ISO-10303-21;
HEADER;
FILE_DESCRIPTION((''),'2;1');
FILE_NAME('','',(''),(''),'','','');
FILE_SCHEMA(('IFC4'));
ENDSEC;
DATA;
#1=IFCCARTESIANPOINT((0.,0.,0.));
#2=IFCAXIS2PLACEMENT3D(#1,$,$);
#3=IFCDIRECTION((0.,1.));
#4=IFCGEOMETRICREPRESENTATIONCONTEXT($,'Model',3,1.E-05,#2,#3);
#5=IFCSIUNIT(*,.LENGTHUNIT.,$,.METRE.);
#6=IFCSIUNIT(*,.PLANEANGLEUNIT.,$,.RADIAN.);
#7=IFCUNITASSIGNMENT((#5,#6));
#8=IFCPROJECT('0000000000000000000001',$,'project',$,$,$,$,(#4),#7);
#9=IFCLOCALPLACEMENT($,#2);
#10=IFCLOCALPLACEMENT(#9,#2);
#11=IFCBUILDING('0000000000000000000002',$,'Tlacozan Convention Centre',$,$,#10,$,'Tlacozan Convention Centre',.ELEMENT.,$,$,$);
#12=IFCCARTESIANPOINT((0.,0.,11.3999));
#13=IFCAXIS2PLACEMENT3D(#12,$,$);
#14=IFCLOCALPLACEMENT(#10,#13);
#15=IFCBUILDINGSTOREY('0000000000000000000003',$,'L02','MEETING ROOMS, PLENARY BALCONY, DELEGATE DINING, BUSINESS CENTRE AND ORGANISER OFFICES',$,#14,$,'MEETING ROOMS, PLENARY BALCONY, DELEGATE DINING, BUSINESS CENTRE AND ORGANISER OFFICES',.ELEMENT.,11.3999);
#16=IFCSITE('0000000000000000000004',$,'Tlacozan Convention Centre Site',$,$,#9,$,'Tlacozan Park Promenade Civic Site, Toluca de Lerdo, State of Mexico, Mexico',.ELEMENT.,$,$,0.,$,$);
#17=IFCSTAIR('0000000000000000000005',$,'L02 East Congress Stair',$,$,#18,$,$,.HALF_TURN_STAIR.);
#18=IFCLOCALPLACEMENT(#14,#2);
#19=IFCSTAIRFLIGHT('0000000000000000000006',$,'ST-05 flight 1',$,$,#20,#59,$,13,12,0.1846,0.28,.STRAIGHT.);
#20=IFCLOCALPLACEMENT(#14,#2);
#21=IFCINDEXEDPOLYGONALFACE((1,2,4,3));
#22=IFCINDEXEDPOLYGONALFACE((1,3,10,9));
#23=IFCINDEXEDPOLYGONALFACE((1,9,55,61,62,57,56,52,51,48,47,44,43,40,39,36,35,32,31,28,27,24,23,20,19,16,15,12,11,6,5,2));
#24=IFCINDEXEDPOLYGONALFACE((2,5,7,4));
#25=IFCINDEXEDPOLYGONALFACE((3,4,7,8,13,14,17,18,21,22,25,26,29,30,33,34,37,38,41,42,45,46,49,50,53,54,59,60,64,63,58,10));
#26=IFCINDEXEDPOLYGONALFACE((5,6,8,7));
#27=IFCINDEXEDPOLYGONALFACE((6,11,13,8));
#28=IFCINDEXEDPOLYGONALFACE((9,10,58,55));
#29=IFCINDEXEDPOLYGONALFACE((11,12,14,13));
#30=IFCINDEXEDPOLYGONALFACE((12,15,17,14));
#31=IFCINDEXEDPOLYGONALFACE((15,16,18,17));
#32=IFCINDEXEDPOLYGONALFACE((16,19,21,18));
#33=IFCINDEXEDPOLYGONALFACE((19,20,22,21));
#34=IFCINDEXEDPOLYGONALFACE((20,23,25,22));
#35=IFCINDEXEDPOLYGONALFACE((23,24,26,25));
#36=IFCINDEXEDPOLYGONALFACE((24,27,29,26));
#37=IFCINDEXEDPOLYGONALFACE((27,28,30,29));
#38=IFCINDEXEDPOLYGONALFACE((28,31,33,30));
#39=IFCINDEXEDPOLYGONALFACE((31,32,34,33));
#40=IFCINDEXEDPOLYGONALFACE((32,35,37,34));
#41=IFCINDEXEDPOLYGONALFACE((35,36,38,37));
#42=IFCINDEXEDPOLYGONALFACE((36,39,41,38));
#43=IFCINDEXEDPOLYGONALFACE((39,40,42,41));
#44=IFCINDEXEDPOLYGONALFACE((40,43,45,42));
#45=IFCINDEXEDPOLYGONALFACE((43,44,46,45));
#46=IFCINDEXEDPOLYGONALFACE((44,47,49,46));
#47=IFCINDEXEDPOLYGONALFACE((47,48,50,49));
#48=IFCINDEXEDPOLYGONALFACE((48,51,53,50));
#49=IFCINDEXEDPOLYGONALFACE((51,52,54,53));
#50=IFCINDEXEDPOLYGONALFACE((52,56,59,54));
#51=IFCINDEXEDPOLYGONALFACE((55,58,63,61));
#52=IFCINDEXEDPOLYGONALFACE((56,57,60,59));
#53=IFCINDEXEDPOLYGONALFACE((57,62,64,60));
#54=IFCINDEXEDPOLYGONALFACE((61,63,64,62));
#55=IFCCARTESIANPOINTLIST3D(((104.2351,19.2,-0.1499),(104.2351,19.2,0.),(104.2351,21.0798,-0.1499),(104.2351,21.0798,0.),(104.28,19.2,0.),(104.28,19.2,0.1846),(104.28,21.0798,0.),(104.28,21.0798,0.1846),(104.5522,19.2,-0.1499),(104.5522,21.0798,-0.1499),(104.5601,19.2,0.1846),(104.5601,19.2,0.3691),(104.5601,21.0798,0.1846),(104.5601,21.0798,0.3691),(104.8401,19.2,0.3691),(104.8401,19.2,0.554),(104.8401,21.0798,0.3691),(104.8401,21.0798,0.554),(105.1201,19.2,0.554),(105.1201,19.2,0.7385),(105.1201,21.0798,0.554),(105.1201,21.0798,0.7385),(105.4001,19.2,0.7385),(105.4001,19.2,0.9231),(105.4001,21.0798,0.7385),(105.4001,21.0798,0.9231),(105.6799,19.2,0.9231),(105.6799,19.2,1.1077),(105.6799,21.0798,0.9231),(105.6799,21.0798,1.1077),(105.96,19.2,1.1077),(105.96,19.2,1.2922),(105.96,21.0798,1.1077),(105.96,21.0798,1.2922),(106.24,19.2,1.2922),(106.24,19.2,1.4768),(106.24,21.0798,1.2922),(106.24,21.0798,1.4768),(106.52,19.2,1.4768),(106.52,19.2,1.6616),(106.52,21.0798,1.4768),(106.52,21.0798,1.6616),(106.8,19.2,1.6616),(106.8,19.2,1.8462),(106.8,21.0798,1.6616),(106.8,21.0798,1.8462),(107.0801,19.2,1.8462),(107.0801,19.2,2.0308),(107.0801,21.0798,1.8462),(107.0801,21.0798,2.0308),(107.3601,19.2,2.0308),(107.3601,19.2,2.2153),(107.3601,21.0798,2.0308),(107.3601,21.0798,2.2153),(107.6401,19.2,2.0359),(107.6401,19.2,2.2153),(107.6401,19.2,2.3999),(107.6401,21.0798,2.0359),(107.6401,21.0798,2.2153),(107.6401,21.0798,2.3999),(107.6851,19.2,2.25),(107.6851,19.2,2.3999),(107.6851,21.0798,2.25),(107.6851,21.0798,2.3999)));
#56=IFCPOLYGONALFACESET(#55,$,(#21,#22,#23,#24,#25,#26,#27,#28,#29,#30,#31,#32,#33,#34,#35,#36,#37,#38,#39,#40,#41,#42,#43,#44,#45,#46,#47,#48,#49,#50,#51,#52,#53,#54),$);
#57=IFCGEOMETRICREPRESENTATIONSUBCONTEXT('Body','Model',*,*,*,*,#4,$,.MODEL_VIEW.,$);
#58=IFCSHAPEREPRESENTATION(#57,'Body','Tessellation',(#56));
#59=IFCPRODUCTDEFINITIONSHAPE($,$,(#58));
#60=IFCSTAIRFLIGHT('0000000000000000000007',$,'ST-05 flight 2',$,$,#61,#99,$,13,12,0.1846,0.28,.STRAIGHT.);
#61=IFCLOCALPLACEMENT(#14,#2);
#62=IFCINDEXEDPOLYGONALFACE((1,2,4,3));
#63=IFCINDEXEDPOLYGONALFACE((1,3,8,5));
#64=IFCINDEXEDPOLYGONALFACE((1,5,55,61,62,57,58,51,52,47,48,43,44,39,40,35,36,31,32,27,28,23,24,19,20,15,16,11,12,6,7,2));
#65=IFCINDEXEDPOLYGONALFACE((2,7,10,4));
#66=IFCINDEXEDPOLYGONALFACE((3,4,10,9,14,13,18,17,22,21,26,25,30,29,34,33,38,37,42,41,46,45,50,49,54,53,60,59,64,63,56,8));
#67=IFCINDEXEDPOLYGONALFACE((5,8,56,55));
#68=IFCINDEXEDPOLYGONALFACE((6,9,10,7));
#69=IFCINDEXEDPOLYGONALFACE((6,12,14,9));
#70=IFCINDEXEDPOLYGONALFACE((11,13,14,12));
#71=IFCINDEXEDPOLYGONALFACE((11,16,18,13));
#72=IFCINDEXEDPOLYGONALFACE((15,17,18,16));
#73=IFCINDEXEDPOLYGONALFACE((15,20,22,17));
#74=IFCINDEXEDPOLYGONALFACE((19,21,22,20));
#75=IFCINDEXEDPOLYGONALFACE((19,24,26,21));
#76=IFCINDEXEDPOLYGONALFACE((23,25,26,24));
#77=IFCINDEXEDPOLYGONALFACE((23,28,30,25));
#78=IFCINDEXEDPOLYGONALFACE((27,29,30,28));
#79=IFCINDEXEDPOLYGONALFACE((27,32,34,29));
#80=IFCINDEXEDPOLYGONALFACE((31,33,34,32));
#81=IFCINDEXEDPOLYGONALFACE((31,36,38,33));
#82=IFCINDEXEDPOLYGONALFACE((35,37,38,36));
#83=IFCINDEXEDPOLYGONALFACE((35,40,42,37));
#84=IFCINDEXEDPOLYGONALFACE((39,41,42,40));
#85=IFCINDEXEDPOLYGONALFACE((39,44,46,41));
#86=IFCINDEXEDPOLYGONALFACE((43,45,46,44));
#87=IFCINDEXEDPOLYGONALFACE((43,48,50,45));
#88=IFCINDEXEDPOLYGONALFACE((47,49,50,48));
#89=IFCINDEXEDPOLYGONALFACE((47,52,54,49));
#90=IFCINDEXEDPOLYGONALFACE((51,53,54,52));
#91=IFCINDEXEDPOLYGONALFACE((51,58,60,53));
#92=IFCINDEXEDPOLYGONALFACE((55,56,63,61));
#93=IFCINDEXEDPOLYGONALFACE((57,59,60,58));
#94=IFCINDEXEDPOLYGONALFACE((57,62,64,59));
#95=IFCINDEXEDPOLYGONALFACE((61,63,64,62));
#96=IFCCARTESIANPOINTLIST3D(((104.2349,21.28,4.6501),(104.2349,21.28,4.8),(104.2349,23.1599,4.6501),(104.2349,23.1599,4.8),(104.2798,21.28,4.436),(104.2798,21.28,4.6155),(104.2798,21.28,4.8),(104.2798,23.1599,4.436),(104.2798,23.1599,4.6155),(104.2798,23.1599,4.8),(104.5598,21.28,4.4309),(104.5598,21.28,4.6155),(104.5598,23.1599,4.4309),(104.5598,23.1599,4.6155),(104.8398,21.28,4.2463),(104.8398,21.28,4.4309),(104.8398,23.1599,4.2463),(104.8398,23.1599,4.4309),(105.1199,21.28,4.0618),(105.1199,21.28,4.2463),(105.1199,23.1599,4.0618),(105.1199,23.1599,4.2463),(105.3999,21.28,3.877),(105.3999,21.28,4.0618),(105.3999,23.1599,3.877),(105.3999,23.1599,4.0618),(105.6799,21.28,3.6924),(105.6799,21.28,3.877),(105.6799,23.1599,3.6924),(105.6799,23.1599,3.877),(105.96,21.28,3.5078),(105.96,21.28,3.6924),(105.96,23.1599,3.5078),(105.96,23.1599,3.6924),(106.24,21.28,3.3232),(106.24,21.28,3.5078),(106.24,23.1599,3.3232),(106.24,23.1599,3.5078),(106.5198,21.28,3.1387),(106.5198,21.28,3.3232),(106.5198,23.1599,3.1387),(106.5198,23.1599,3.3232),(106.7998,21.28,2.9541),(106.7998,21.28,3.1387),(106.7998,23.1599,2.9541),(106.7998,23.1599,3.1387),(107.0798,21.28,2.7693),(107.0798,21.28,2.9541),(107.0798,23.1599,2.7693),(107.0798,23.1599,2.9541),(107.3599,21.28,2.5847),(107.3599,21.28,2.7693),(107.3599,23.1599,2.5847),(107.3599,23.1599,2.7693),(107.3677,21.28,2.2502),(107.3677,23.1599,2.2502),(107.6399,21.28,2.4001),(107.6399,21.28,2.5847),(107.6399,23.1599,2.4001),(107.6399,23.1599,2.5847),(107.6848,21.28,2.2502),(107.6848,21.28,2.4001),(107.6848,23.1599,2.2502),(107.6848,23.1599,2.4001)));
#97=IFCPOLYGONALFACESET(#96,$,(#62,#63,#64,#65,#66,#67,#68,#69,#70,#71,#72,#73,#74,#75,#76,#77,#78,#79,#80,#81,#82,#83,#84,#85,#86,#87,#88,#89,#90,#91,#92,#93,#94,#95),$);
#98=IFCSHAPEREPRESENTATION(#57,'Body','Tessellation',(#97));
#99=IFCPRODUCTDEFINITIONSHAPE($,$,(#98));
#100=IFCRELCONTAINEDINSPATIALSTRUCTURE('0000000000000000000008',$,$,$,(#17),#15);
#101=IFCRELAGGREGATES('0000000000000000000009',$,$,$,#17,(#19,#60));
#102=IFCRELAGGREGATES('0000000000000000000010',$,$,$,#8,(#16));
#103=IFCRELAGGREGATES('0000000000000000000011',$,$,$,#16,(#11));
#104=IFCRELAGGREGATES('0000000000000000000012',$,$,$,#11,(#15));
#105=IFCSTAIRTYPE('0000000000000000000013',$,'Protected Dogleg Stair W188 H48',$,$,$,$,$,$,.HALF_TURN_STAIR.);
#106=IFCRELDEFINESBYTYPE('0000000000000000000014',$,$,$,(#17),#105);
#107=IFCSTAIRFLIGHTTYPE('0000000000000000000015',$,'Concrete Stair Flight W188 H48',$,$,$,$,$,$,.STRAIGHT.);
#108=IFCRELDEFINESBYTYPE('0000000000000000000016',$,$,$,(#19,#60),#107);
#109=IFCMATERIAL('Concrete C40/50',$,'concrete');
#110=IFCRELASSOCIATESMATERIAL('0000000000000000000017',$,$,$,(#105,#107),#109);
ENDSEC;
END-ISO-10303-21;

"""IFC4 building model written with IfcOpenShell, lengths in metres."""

from ifc_helpers import new_model, si_unit, direction, frame, origin, place, context, subcontext, project, spatial, polyline, outline, extrude, material, type_object, element, aggregate, save


model = new_model("IFC4")

# Units and contexts
model_context = context("Model", 3, precision=1e-05, world=origin(), true_north=direction((0.0, 1.0)))
body_context = subcontext(model_context, "Body", "Model", "MODEL_VIEW")
ifc_project = project(units=[si_unit("LENGTHUNIT", "METRE"), si_unit("PLANEANGLEUNIT", "RADIAN")], contexts=[model_context])

# Site, building, storey
site_placement = place(None, origin())
site = spatial("IfcSite", under=ifc_project, at=site_placement, Name="Tlacozan Convention Centre Site", LongName="Tlacozan Park Promenade Civic Site, Toluca de Lerdo, State of Mexico, Mexico", CompositionType="ELEMENT", RefElevation=0.0)
building_placement = place(site_placement, origin())
building = spatial("IfcBuilding", under=site, at=building_placement, Name="Tlacozan Convention Centre", LongName="Tlacozan Convention Centre", CompositionType="ELEMENT")
storey_placement = place(building_placement, frame((0.0, 0.0, 11.3999)))
storey = spatial("IfcBuildingStorey", under=building, at=storey_placement, Name="L02", Description="MEETING ROOMS, PLENARY BALCONY, DELEGATE DINING, BUSINESS CENTRE AND ORGANISER OFFICES", LongName="MEETING ROOMS, PLENARY BALCONY, DELEGATE DINING, BUSINESS CENTRE AND ORGANISER OFFICES", CompositionType="ELEMENT", Elevation=11.3999)

# Shared definitions
ifc_material_1 = material(Name="Concrete C40/50", Category="concrete")

# Stair, stair flights
stair_type = type_object("IfcStairType", Name="Protected Dogleg Stair W188 H48", PredefinedType="HALF_TURN_STAIR", material=ifc_material_1)
stair_placement = place(storey_placement, origin())
stair = element("IfcStair", 1, at=stair_placement, inside=storey, type_object=stair_type, Name="L02 East Congress Stair", PredefinedType="HALF_TURN_STAIR")
stair_flight_type = type_object("IfcStairFlightType", Name="Concrete Stair Flight W188 H48", PredefinedType="STRAIGHT", material=ifc_material_1)
stair_flight_1_placement = place(storey_placement, frame((104.28, 20.1399, 0.0), z_axis=(0.0, 0.0, 1.0), x_axis=(1.0, 0.0, 0.0)))
stair_flight_1 = element("IfcStairFlight", 2, at=stair_flight_1_placement, type_object=stair_flight_type, Name="ST-05 flight 1", NumberOfRisers=13, NumberOfTreads=12, PredefinedType="STRAIGHT", RiserHeight=0.1846, TreadLength=0.28, context=body_context, shape_type="SweptSolid", body=[
    extrude(outline(polyline([(-0.0449, -0.1499), (-0.0449, 0.0), (0.0, 0.0), (0.0, 0.1846), (0.28, 0.1846), (0.28, 0.3691), (0.5601, 0.3691), (0.5601, 0.554), (0.8401, 0.554), (0.8401, 0.7385), (1.1201, 0.7385), (1.1201, 0.9231), (1.3999, 0.9231), (1.3999, 1.1077), (1.6799, 1.1077), (1.6799, 1.2922), (1.96, 1.2922), (1.96, 1.4768), (2.24, 1.4768), (2.24, 1.6616), (2.52, 1.6616), (2.52, 1.8462), (2.8, 1.8462), (2.8, 2.0308), (3.0801, 2.0308), (3.0801, 2.2153), (3.3601, 2.2153), (3.3601, 2.3999), (3.405, 2.3999), (3.405, 2.25), (3.3601, 2.0359), (0.2722, -0.1499), (-0.0449, -0.1499)])), frame((0.0, 0.9399, 0.0), z_axis=(0.0, -1.0, 0.0), x_axis=(1.0, 0.0, 0.0)), (0.0, 0.0, 1.0), 1.8799),
])
stair_flight_2_placement = place(storey_placement, frame((107.6399, 22.22, 2.4001), z_axis=(0.0, 0.0, 1.0), x_axis=(-1.0, 0.0, 0.0)))
stair_flight_2 = element("IfcStairFlight", 3, at=stair_flight_2_placement, type_object=stair_flight_type, Name="ST-05 flight 2", NumberOfRisers=13, NumberOfTreads=12, PredefinedType="STRAIGHT", RiserHeight=0.1846, TreadLength=0.28, context=body_context, shape_type="SweptSolid", body=[
    extrude(outline(polyline([(-0.0449, -0.1499), (-0.0449, 0.0), (0.0, 0.0), (0.0, 0.1846), (0.28, 0.1846), (0.28, 0.3691), (0.5601, 0.3691), (0.5601, 0.554), (0.8401, 0.554), (0.8401, 0.7385), (1.1201, 0.7385), (1.1201, 0.9231), (1.3999, 0.9231), (1.3999, 1.1077), (1.6799, 1.1077), (1.6799, 1.2922), (1.96, 1.2922), (1.96, 1.4768), (2.24, 1.4768), (2.24, 1.6616), (2.52, 1.6616), (2.52, 1.8462), (2.8, 1.8462), (2.8, 2.0308), (3.0801, 2.0308), (3.0801, 2.2153), (3.3601, 2.2153), (3.3601, 2.3999), (3.405, 2.3999), (3.405, 2.25), (3.3601, 2.0359), (0.2722, -0.1499), (-0.0449, -0.1499)])), frame((0.0, 0.9399, 0.0), z_axis=(0.0, -1.0, 0.0), x_axis=(1.0, 0.0, 0.0)), (0.0, 0.0, 1.0), 1.8799),
])
aggregate(stair, [stair_flight_1, stair_flight_2])

save(model, "model.ifc")
